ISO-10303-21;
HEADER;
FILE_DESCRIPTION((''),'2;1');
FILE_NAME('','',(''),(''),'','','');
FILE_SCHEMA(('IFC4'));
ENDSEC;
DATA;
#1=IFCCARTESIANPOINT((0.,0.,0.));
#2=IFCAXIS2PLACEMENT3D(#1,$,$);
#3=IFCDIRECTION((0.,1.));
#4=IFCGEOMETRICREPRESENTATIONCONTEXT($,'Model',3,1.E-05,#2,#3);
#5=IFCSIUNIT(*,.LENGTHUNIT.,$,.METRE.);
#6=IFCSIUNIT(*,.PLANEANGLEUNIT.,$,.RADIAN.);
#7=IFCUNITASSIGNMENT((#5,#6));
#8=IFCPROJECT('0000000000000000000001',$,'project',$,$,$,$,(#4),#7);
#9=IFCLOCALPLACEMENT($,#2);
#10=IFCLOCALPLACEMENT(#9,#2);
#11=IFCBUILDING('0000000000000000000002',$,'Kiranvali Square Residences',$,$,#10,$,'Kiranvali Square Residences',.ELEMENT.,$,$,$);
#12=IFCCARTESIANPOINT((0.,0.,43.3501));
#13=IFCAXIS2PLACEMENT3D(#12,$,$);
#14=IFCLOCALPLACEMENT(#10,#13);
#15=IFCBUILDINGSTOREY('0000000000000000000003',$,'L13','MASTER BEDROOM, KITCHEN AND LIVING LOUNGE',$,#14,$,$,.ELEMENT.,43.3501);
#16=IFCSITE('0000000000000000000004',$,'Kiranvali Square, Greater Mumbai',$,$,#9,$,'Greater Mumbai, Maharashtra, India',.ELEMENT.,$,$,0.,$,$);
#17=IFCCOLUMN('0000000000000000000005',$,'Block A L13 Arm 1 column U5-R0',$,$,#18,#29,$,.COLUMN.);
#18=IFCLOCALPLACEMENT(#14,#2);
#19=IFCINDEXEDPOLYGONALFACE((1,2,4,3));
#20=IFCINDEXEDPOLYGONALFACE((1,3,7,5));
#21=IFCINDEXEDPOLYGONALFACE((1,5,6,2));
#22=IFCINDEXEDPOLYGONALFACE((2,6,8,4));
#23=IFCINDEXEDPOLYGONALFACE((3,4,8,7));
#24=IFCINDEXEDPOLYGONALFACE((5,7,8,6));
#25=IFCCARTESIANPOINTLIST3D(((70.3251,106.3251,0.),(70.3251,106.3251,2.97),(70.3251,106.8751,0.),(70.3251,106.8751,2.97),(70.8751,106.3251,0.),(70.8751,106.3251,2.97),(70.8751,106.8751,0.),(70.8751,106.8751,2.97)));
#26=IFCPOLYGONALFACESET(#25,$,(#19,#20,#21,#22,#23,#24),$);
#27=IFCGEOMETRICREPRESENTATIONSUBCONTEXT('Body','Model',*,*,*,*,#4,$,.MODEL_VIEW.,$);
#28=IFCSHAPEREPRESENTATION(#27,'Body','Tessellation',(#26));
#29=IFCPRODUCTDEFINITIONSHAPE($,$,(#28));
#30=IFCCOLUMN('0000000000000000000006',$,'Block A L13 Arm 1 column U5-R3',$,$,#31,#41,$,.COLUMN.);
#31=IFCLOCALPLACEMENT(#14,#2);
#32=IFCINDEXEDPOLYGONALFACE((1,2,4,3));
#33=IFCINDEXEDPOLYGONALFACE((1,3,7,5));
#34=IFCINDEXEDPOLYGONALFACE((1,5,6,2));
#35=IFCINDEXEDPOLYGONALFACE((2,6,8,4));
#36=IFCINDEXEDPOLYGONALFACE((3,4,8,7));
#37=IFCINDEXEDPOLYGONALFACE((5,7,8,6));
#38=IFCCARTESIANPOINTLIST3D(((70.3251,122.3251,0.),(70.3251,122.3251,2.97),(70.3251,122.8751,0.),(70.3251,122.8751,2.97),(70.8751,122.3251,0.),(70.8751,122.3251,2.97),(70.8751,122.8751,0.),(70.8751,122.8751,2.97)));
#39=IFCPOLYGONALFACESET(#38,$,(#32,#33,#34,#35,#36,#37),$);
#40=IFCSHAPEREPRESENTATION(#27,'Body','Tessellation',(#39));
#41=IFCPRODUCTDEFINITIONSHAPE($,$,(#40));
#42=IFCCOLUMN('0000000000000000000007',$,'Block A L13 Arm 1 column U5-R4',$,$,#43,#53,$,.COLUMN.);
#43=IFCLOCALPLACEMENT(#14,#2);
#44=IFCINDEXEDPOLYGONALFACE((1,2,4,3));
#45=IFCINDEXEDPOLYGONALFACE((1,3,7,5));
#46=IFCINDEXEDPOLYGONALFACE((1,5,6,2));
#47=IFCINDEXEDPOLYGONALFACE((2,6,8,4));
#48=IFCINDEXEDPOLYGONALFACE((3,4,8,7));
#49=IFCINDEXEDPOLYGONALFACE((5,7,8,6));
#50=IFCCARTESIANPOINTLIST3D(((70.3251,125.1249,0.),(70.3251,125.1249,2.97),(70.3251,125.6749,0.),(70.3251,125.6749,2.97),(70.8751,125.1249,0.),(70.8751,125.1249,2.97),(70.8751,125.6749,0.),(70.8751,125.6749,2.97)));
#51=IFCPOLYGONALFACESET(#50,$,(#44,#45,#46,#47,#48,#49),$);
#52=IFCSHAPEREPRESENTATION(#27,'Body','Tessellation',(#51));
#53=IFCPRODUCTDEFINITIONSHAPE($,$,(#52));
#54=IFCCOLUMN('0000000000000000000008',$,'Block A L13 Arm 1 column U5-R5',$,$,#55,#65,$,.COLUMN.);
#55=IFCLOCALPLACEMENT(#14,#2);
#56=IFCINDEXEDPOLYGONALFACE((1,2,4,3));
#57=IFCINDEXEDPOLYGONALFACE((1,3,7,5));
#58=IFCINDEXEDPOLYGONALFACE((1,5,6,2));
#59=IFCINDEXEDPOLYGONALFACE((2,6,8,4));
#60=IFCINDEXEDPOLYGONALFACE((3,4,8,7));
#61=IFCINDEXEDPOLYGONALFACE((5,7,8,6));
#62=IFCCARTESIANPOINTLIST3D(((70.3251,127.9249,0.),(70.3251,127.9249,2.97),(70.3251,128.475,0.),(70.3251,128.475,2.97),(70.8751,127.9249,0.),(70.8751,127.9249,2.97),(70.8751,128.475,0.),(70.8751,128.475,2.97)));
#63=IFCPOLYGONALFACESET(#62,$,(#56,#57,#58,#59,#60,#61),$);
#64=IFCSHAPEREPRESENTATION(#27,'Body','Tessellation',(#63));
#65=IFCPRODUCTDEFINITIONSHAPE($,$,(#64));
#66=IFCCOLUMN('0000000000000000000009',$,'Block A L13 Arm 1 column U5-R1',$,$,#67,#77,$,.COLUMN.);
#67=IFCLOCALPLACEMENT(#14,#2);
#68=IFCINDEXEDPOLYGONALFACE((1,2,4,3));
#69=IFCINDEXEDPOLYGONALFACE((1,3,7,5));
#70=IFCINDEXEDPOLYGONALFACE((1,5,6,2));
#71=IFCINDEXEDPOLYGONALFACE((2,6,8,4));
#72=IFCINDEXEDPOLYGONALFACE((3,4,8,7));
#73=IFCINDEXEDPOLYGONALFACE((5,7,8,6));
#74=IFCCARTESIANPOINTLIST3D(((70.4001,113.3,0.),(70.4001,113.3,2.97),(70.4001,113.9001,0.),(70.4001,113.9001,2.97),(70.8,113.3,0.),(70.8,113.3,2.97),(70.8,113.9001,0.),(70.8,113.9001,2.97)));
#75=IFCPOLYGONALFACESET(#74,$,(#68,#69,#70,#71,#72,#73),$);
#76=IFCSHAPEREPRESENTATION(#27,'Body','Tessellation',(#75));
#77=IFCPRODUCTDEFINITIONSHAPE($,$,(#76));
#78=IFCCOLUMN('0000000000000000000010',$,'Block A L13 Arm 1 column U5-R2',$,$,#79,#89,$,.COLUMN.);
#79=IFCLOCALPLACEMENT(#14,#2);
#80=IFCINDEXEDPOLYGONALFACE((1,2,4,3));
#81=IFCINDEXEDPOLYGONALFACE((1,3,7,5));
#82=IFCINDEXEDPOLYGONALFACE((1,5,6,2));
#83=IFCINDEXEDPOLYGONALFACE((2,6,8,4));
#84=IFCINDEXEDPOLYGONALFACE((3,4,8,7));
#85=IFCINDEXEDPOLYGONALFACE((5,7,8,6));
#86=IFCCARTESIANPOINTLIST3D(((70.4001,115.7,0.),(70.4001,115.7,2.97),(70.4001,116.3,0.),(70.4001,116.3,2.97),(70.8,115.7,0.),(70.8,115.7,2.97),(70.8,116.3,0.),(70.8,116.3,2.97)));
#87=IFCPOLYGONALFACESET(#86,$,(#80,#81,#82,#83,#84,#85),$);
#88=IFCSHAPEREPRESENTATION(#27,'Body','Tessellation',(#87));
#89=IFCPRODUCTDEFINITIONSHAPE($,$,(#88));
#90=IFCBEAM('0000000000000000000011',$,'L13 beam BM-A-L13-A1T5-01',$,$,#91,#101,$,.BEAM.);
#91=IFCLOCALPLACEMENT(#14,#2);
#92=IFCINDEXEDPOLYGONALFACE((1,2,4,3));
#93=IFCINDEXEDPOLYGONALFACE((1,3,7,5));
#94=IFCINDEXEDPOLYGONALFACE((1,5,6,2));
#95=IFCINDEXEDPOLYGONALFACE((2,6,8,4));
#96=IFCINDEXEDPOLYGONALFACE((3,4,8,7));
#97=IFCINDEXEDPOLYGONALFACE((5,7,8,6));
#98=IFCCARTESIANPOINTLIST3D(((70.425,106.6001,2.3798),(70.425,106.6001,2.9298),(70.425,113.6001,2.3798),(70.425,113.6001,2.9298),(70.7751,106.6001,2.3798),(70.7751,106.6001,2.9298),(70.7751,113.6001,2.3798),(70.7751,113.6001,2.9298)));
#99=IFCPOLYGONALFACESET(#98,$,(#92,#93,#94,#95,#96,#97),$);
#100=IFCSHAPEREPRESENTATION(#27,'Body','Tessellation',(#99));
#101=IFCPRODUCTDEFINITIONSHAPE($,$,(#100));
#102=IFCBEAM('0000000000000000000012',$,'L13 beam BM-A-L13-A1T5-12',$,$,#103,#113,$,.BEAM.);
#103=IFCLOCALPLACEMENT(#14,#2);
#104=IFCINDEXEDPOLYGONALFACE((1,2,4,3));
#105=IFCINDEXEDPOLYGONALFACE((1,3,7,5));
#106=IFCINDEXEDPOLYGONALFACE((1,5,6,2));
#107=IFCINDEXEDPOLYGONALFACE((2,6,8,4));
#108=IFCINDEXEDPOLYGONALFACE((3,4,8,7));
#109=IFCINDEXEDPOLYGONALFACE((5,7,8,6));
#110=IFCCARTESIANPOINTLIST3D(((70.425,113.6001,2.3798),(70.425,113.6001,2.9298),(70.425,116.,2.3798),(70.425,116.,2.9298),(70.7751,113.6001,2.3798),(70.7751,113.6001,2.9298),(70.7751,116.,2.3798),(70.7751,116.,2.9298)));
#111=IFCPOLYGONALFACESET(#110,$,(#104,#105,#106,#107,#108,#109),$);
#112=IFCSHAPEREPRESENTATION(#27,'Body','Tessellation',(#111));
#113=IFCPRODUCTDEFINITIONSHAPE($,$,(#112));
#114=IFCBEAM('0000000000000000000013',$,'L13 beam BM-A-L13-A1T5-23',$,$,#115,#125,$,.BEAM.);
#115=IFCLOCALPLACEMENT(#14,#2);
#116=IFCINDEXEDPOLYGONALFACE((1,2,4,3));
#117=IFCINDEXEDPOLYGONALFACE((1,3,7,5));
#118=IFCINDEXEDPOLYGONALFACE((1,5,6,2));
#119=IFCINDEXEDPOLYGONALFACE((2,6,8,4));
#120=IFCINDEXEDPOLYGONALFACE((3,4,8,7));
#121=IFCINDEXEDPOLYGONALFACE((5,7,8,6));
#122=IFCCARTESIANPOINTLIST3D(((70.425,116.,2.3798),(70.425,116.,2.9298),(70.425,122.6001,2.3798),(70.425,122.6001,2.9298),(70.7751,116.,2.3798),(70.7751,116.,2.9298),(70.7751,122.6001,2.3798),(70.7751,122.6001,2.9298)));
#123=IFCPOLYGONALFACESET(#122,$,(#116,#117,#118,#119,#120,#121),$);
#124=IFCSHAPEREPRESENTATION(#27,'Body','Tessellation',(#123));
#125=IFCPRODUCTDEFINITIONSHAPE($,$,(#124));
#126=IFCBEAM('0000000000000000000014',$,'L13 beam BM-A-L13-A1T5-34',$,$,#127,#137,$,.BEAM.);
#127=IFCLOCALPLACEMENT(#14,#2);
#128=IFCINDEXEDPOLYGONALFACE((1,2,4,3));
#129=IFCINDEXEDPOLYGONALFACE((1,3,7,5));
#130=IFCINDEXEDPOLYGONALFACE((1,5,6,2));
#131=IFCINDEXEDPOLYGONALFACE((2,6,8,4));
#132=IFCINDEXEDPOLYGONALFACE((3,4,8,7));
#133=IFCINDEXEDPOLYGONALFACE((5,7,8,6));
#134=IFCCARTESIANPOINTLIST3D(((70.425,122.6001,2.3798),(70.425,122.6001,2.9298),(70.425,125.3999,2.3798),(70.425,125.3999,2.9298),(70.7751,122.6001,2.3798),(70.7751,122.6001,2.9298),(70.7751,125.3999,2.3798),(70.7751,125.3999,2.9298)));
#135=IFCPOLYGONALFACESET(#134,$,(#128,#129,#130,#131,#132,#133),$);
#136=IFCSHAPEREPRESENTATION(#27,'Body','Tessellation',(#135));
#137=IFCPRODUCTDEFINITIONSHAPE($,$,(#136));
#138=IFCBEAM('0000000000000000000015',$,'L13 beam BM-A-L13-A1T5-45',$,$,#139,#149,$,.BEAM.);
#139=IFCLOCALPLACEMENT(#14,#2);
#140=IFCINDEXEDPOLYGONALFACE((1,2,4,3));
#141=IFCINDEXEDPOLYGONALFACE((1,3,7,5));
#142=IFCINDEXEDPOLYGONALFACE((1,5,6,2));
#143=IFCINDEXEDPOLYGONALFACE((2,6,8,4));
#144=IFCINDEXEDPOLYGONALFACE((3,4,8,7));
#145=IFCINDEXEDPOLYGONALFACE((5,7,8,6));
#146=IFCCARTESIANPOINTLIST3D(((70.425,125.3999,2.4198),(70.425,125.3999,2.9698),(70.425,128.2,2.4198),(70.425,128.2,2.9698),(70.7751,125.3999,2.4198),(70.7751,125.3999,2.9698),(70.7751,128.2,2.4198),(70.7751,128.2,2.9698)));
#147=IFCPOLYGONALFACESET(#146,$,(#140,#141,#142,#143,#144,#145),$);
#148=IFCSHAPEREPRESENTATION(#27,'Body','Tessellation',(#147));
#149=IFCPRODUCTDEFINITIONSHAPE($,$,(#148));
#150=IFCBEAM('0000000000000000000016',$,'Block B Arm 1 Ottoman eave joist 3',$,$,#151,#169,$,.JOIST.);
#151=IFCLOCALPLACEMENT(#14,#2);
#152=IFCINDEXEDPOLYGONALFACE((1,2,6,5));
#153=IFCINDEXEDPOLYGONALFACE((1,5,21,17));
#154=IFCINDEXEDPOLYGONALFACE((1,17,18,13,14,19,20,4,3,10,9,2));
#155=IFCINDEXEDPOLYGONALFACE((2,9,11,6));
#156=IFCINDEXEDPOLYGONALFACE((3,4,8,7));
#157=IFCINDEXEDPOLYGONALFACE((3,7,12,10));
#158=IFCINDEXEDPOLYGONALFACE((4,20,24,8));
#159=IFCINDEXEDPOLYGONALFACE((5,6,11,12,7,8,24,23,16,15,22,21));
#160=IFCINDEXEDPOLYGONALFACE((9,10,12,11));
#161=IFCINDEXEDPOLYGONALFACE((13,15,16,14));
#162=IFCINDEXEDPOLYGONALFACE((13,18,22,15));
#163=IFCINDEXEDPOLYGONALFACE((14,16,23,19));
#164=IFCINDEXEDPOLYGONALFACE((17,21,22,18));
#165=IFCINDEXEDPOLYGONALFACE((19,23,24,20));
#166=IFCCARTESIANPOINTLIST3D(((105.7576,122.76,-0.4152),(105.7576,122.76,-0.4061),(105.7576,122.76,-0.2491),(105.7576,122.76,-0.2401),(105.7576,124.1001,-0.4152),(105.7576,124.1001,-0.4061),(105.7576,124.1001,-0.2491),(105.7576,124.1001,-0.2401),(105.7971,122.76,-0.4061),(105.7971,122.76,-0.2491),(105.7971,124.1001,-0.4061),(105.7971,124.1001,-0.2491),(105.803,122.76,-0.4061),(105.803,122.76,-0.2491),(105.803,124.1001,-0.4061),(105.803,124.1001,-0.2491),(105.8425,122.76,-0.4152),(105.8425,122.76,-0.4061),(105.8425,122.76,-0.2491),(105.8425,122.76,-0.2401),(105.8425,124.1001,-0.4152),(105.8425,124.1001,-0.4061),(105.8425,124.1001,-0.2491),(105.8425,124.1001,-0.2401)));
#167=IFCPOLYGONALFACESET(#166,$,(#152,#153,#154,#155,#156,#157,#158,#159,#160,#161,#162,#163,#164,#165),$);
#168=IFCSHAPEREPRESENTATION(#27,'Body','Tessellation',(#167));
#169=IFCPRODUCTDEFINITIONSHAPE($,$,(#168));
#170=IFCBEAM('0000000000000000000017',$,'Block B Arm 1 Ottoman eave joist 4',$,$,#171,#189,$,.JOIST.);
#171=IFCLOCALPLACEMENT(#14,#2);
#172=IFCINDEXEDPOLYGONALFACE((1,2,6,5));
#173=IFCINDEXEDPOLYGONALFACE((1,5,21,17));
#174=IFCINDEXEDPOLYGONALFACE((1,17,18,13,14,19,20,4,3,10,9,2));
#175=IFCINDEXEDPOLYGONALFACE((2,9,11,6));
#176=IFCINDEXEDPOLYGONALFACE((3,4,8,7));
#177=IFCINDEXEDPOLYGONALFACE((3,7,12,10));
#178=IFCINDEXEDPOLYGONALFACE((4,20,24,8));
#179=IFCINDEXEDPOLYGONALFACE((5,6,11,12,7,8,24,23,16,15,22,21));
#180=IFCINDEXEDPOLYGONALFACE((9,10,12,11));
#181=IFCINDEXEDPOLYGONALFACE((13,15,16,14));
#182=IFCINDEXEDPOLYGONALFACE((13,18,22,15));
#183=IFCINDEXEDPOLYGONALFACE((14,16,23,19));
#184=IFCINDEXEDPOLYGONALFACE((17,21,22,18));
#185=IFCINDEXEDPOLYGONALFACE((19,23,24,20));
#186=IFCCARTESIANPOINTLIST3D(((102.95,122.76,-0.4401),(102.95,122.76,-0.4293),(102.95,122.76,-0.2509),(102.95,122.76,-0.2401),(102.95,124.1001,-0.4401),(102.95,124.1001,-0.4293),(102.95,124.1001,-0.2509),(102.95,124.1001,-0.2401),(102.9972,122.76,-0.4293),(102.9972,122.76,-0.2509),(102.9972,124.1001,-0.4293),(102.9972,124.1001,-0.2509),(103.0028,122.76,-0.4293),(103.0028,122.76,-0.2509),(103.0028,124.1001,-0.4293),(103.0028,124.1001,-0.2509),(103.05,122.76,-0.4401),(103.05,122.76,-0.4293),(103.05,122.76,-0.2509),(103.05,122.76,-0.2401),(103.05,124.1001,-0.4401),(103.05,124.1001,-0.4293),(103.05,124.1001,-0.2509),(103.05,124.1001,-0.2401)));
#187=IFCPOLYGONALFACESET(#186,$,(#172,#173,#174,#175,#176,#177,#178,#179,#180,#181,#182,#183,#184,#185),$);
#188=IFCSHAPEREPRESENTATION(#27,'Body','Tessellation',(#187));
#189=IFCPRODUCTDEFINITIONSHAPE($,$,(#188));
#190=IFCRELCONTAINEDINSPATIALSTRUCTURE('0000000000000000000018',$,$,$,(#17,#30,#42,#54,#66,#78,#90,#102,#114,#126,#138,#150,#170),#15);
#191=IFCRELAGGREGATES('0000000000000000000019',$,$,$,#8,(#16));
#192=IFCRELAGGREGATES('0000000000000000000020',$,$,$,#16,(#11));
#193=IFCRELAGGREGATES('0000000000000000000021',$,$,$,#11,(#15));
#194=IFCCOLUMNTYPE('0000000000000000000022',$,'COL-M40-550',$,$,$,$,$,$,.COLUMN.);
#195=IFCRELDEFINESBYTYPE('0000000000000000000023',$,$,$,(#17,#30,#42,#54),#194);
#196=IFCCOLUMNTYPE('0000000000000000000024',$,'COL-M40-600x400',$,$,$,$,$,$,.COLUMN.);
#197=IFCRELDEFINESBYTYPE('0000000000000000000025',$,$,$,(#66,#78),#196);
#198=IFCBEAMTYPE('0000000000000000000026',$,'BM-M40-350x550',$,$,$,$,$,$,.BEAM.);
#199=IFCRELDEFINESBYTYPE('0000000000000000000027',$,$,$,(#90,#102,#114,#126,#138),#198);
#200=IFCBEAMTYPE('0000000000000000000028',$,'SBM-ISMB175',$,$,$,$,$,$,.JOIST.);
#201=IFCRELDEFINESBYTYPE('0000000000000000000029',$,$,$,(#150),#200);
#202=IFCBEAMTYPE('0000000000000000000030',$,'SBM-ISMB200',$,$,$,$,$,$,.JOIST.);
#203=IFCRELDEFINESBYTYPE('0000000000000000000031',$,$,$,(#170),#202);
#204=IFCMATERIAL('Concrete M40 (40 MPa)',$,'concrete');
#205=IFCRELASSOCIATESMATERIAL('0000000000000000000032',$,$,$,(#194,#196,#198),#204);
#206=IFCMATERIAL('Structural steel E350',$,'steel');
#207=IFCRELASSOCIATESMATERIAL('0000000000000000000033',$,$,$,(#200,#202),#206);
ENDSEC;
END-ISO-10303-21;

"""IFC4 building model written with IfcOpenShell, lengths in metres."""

from ifc_helpers import new_model, si_unit, direction, frame, origin, origin_2d, place, context, subcontext, project, spatial, rectangle, i_section, extrude, material, material_profile, profile_set, type_object, element, save


model = new_model("IFC4")

# Units and contexts
model_context = context("Model", 3, precision=1e-05, world=origin(), true_north=direction((0.0, 1.0)))
body_context = subcontext(model_context, "Body", "Model", "MODEL_VIEW")
ifc_project = project(units=[si_unit("LENGTHUNIT", "METRE"), si_unit("PLANEANGLEUNIT", "RADIAN")], contexts=[model_context])

# Site, building, storey
site_placement = place(None, origin())
site = spatial("IfcSite", under=ifc_project, at=site_placement, Name="Kiranvali Square, Greater Mumbai", LongName="Greater Mumbai, Maharashtra, India", CompositionType="ELEMENT", RefElevation=0.0)
building_placement = place(site_placement, origin())
building = spatial("IfcBuilding", under=site, at=building_placement, Name="Kiranvali Square Residences", LongName="Kiranvali Square Residences", CompositionType="ELEMENT")
storey_placement = place(building_placement, frame((0.0, 0.0, 43.3501)))
storey = spatial("IfcBuildingStorey", under=building, at=storey_placement, Name="L13", Description="MASTER BEDROOM, KITCHEN AND LIVING LOUNGE", CompositionType="ELEMENT", Elevation=43.3501)

# Columns
ifc_material_1 = material(Name="Concrete M40 (40 MPa)", Category="concrete")
ifc_material_profile_1 = material_profile(ifc_material_1, rectangle(XDim=0.55, YDim=0.55, at=origin_2d()), Name="RC 550x550")
ifc_profile_set_1 = profile_set([ifc_material_profile_1], Name="Concrete M40 (40 MPa)")
column_type_1 = type_object("IfcColumnType", Name="COL-M40-550", PredefinedType="COLUMN", material=ifc_profile_set_1)
for number, where, z_axis, x_axis, name in (
    (1, (70.6001, 106.6001, 0.0), (0.0, 0.0, 1.0), (1.0, 0.0, 0.0), "Block A L13 Arm 1 column U5-R0"),
    (2, (70.6001, 122.6001, 0.0), (0.0, 0.0, 1.0), (1.0, 0.0, 0.0), "Block A L13 Arm 1 column U5-R3"),
    (3, (70.6001, 125.3999, 0.0), (0.0, 0.0, 1.0), (1.0, 0.0, 0.0), "Block A L13 Arm 1 column U5-R4"),
    (4, (70.6001, 128.2, 0.0), (0.0, 0.0, 1.0), (1.0, 0.0, 0.0), "Block A L13 Arm 1 column U5-R5"),
):
    element("IfcColumn", number, at=place(storey_placement, frame(where, z_axis=z_axis, x_axis=x_axis)), inside=storey, type_object=column_type_1, Name=name, PredefinedType="COLUMN", context=body_context, shape_type="SweptSolid", body=[
        extrude(rectangle(XDim=0.55, YDim=0.55, at=origin_2d()), origin(), (0.0, 0.0, 1.0), 2.97),
    ])
ifc_material_profile_2 = material_profile(ifc_material_1, rectangle(XDim=0.3999, YDim=0.6001, at=origin_2d()), Name="RC 600x400")
ifc_profile_set_2 = profile_set([ifc_material_profile_2], Name="Concrete M40 (40 MPa)")
column_type_2 = type_object("IfcColumnType", Name="COL-M40-600x400", PredefinedType="COLUMN", material=ifc_profile_set_2)
for number, where, z_axis, x_axis, name in (
    (5, (70.6001, 113.6001, 0.0), (0.0, 0.0, 1.0), (1.0, 0.0, 0.0), "Block A L13 Arm 1 column U5-R1"),
    (6, (70.6001, 116.0, 0.0), (0.0, 0.0, 1.0), (1.0, 0.0, 0.0), "Block A L13 Arm 1 column U5-R2"),
):
    element("IfcColumn", number, at=place(storey_placement, frame(where, z_axis=z_axis, x_axis=x_axis)), inside=storey, type_object=column_type_2, Name=name, PredefinedType="COLUMN", context=body_context, shape_type="SweptSolid", body=[
        extrude(rectangle(XDim=0.3999, YDim=0.6001, at=origin_2d()), origin(), (0.0, 0.0, 1.0), 2.97),
    ])

# Beams
ifc_material_profile_3 = material_profile(ifc_material_1, rectangle(XDim=0.3501, YDim=0.55, at=origin_2d()), Name="RC 350x550")
ifc_profile_set_3 = profile_set([ifc_material_profile_3], Name="Concrete M40 (40 MPa)")
beam_type_1 = type_object("IfcBeamType", Name="BM-M40-350x550", PredefinedType="BEAM", material=ifc_profile_set_3)
beam_1_placement = place(storey_placement, frame((70.6001, 106.6001, 2.6548), z_axis=(0.0, 1.0, 0.0), x_axis=(-1.0, 0.0, 0.0)))
element("IfcBeam", 7, at=beam_1_placement, inside=storey, type_object=beam_type_1, Name="L13 beam BM-A-L13-A1T5-01", PredefinedType="BEAM", context=body_context, shape_type="SweptSolid", body=[
    extrude(rectangle(XDim=0.3501, YDim=0.55, at=origin_2d()), origin(), (0.0, 0.0, 1.0), 7.0),
])
beam_2_placement = place(storey_placement, frame((70.6001, 113.6001, 2.6548), z_axis=(0.0, 1.0, 0.0), x_axis=(-1.0, 0.0, 0.0)))
element("IfcBeam", 8, at=beam_2_placement, inside=storey, type_object=beam_type_1, Name="L13 beam BM-A-L13-A1T5-12", PredefinedType="BEAM", context=body_context, shape_type="SweptSolid", body=[
    extrude(rectangle(XDim=0.3501, YDim=0.55, at=origin_2d()), origin(), (0.0, 0.0, 1.0), 2.3999),
])
beam_3_placement = place(storey_placement, frame((70.6001, 116.0, 2.6548), z_axis=(0.0, 1.0, 0.0), x_axis=(-1.0, 0.0, 0.0)))
element("IfcBeam", 9, at=beam_3_placement, inside=storey, type_object=beam_type_1, Name="L13 beam BM-A-L13-A1T5-23", PredefinedType="BEAM", context=body_context, shape_type="SweptSolid", body=[
    extrude(rectangle(XDim=0.3501, YDim=0.55, at=origin_2d()), origin(), (0.0, 0.0, 1.0), 6.6001),
])
beam_4_placement = place(storey_placement, frame((70.6001, 122.6001, 2.6548), z_axis=(0.0, 1.0, 0.0), x_axis=(-1.0, 0.0, 0.0)))
element("IfcBeam", 10, at=beam_4_placement, inside=storey, type_object=beam_type_1, Name="L13 beam BM-A-L13-A1T5-34", PredefinedType="BEAM", context=body_context, shape_type="SweptSolid", body=[
    extrude(rectangle(XDim=0.3501, YDim=0.55, at=origin_2d()), origin(), (0.0, 0.0, 1.0), 2.7998),
])
beam_5_placement = place(storey_placement, frame((70.6001, 125.3999, 2.6948), z_axis=(0.0, 1.0, 0.0), x_axis=(-1.0, 0.0, 0.0)))
element("IfcBeam", 11, at=beam_5_placement, inside=storey, type_object=beam_type_1, Name="L13 beam BM-A-L13-A1T5-45", PredefinedType="BEAM", context=body_context, shape_type="SweptSolid", body=[
    extrude(rectangle(XDim=0.3501, YDim=0.55, at=origin_2d()), origin(), (0.0, 0.0, 1.0), 2.8),
])
ifc_material_2 = material(Name="Structural steel E350", Category="steel")
ifc_material_profile_4 = material_profile(ifc_material_2, i_section(OverallWidth=0.085, OverallDepth=0.175, WebThickness=0.0059, FlangeThickness=0.009, at=origin_2d()), Name="ISMB 175")
ifc_profile_set_4 = profile_set([ifc_material_profile_4], Name="Structural steel E350")
beam_type_2 = type_object("IfcBeamType", Name="SBM-ISMB175", PredefinedType="JOIST", material=ifc_profile_set_4)
beam_6_placement = place(storey_placement, frame((105.8, 122.76, -0.3276), z_axis=(0.0, 1.0, 0.0), x_axis=(-1.0, 0.0, 0.0)))
element("IfcBeam", 12, at=beam_6_placement, inside=storey, type_object=beam_type_2, Name="Block B Arm 1 Ottoman eave joist 3", PredefinedType="JOIST", context=body_context, shape_type="SweptSolid", body=[
    extrude(i_section(OverallWidth=0.085, OverallDepth=0.175, WebThickness=0.0059, FlangeThickness=0.009, at=origin_2d()), origin(), (0.0, 0.0, 1.0), 1.3401),
])
ifc_material_profile_5 = material_profile(ifc_material_2, i_section(OverallWidth=0.1001, OverallDepth=0.2, WebThickness=0.0056, FlangeThickness=0.0107, at=origin_2d()), Name="ISMB 200")
ifc_profile_set_5 = profile_set([ifc_material_profile_5], Name="Structural steel E350")
beam_type_3 = type_object("IfcBeamType", Name="SBM-ISMB200", PredefinedType="JOIST", material=ifc_profile_set_5)
beam_7_placement = place(storey_placement, frame((103.0, 122.76, -0.3401), z_axis=(0.0, 1.0, 0.0), x_axis=(-1.0, 0.0, 0.0)))
element("IfcBeam", 13, at=beam_7_placement, inside=storey, type_object=beam_type_3, Name="Block B Arm 1 Ottoman eave joist 4", PredefinedType="JOIST", context=body_context, shape_type="SweptSolid", body=[
    extrude(i_section(OverallWidth=0.1001, OverallDepth=0.2, WebThickness=0.0056, FlangeThickness=0.0107, at=origin_2d()), origin(), (0.0, 0.0, 1.0), 1.3401),
])

save(model, "model.ifc")
